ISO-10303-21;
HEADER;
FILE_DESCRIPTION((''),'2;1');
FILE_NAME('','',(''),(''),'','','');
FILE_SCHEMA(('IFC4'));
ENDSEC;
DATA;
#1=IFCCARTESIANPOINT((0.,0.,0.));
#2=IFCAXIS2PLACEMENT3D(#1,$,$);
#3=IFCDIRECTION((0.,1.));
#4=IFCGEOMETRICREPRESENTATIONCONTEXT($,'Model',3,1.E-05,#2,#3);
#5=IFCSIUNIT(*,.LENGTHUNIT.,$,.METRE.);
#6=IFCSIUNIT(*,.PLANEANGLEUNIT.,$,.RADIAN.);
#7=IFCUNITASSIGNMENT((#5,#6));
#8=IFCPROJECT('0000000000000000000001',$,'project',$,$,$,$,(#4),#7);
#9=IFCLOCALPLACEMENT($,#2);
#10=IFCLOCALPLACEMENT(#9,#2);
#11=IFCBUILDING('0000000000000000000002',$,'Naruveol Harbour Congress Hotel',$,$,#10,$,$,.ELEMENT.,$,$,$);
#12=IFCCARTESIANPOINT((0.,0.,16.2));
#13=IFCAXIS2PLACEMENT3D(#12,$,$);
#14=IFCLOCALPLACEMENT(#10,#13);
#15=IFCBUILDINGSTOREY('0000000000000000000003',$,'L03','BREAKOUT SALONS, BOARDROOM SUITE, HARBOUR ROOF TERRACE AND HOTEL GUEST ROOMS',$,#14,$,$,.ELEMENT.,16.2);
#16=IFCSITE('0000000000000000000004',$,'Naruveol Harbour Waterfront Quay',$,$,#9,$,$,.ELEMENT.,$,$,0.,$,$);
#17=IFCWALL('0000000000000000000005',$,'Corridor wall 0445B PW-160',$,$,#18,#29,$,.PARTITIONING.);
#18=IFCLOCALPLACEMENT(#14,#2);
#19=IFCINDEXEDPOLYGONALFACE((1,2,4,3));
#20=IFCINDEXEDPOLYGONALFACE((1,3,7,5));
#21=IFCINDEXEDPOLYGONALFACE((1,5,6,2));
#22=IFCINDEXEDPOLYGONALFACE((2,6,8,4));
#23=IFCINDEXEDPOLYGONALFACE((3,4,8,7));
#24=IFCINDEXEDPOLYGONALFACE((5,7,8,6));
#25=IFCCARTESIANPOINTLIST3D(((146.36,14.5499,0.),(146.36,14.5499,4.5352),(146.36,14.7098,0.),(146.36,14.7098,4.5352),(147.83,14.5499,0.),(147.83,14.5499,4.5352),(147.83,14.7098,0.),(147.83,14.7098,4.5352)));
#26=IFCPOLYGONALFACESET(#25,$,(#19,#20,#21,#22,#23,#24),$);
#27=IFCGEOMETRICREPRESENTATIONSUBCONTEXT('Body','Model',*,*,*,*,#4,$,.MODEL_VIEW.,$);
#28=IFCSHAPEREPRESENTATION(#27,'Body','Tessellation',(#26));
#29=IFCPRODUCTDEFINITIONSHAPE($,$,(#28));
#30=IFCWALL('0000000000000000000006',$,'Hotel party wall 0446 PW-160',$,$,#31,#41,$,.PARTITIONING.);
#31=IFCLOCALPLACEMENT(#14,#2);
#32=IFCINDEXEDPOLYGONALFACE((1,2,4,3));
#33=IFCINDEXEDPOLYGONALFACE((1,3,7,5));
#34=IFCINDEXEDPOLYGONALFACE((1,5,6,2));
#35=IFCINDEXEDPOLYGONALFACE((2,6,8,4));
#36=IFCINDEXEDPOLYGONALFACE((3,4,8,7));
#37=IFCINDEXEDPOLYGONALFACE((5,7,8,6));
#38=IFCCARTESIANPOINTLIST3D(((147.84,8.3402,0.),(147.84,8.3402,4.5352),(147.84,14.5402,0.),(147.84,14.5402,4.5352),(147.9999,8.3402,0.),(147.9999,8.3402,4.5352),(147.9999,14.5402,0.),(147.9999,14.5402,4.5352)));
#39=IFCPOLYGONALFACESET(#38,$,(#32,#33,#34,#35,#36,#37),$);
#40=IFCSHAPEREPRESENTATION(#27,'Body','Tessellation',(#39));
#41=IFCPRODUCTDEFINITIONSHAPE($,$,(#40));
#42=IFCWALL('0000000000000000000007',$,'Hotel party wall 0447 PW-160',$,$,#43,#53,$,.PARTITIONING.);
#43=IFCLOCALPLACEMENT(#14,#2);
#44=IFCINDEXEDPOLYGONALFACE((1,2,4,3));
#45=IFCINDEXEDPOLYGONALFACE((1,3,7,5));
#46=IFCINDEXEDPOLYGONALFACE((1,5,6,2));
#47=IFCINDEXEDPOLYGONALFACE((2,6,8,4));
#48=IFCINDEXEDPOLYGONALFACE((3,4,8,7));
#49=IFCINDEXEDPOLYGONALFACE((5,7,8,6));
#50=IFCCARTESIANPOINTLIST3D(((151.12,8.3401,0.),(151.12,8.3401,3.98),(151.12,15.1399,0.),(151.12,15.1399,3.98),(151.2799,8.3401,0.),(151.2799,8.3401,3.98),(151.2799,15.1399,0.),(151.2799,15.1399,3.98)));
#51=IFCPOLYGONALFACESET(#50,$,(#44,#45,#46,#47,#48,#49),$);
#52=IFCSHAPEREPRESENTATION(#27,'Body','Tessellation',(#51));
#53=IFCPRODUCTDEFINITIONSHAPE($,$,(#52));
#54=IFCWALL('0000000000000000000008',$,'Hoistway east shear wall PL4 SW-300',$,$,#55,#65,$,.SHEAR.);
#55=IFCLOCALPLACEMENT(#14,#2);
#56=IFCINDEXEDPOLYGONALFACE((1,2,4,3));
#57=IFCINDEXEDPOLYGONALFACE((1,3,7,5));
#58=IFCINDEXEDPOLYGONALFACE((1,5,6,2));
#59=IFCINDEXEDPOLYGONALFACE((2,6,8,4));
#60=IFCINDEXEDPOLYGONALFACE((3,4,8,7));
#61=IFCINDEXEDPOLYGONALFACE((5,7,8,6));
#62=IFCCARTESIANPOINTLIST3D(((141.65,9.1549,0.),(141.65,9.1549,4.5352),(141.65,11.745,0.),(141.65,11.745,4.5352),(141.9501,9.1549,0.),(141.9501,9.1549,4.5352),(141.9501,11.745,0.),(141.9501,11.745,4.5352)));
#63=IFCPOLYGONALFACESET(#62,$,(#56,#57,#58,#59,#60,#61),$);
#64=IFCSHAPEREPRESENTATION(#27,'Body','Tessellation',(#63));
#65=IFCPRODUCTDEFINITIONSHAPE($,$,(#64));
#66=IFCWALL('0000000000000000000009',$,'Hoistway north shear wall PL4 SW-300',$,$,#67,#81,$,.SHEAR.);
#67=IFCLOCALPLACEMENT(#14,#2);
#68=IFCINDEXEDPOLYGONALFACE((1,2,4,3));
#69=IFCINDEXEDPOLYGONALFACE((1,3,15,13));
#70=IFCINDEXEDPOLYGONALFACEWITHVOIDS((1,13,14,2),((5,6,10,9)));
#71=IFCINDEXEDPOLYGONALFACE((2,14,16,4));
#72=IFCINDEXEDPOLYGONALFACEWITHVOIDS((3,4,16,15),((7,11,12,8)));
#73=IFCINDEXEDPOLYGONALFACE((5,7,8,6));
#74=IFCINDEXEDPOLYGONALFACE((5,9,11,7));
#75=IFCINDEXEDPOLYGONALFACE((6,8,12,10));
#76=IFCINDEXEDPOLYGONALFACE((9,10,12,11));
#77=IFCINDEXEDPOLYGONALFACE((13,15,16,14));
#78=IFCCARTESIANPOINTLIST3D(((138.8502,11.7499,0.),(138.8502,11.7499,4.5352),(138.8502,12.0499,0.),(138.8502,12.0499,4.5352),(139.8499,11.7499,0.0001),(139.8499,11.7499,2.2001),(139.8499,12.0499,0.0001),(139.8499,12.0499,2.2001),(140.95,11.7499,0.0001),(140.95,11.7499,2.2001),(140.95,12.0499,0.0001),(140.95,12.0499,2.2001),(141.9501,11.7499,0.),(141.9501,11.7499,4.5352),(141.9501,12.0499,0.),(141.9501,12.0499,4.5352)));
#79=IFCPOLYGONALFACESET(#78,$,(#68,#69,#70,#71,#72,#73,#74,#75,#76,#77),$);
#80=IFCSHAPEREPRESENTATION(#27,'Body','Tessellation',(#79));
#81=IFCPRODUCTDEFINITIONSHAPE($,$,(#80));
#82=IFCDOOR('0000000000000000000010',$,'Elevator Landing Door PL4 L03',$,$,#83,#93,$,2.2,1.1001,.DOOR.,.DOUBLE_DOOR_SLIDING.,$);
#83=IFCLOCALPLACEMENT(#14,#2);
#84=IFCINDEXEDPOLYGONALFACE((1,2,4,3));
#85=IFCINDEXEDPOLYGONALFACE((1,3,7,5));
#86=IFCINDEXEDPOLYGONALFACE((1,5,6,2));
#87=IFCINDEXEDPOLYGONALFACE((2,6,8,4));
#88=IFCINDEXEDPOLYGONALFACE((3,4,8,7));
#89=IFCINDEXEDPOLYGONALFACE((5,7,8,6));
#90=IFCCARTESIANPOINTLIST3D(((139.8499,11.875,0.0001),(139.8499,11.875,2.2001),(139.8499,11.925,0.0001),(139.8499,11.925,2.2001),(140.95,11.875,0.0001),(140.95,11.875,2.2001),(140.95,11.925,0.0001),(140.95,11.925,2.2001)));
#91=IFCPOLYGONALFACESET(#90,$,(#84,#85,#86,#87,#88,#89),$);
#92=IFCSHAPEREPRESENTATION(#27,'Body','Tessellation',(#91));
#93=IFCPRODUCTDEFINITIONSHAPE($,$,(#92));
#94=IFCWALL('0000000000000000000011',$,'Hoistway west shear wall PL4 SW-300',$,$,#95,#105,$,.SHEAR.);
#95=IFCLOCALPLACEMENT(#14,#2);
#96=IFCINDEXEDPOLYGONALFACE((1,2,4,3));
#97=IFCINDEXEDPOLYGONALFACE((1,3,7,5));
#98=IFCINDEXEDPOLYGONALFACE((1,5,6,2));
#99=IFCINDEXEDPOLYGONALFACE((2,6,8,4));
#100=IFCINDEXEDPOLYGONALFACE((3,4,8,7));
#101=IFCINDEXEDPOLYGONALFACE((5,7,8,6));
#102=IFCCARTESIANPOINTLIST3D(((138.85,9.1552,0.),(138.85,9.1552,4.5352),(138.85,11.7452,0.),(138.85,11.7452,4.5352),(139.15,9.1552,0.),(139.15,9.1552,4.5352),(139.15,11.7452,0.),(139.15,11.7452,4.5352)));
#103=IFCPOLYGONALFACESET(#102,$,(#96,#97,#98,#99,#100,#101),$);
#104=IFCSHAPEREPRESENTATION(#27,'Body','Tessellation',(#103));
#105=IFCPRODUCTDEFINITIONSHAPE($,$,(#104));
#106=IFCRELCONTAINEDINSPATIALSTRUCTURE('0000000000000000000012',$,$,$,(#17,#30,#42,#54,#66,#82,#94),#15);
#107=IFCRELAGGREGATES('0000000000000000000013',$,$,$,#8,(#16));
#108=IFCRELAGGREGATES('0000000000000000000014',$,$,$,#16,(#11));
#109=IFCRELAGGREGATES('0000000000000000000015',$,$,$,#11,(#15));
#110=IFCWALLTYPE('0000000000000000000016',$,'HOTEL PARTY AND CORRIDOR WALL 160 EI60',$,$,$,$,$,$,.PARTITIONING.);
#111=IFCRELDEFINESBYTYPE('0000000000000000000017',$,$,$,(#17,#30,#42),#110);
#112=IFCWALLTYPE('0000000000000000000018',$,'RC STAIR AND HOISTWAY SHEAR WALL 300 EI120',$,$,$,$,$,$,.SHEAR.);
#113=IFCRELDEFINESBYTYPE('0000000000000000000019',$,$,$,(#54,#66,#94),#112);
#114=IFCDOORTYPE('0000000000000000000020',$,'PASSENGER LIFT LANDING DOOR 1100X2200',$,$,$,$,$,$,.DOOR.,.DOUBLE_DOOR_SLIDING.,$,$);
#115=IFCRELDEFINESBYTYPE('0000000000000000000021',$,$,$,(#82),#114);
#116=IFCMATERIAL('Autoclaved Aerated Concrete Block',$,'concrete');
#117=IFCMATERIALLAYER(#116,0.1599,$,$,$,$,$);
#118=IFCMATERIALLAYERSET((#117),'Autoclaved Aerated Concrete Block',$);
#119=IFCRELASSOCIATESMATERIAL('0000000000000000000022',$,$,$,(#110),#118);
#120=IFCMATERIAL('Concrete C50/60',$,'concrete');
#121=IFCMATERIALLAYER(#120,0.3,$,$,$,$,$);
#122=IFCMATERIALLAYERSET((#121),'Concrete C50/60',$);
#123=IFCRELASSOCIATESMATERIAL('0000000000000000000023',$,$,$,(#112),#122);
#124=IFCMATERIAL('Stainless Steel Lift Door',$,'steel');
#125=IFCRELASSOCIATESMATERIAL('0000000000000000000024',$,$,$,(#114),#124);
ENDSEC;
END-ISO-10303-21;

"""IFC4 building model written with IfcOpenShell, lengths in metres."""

from ifc_helpers import new_model, si_unit, direction, frame, frame_2d, origin, place, context, subcontext, project, spatial, rectangle, extrude, material, layer, layer_set, type_object, element, fill, save


model = new_model("IFC4")

# Units and contexts
model_context = context("Model", 3, precision=1e-05, world=origin(), true_north=direction((0.0, 1.0)))
body_context = subcontext(model_context, "Body", "Model", "MODEL_VIEW")
ifc_project = project(units=[si_unit("LENGTHUNIT", "METRE"), si_unit("PLANEANGLEUNIT", "RADIAN")], contexts=[model_context])

# Site, building, storey
site_placement = place(None, origin())
site = spatial("IfcSite", under=ifc_project, at=site_placement, Name="Naruveol Harbour Waterfront Quay", CompositionType="ELEMENT", RefElevation=0.0)
building_placement = place(site_placement, origin())
building = spatial("IfcBuilding", under=site, at=building_placement, Name="Naruveol Harbour Congress Hotel", CompositionType="ELEMENT")
storey_placement = place(building_placement, frame((0.0, 0.0, 16.2)))
storey = spatial("IfcBuildingStorey", under=building, at=storey_placement, Name="L03", Description="BREAKOUT SALONS, BOARDROOM SUITE, HARBOUR ROOF TERRACE AND HOTEL GUEST ROOMS", CompositionType="ELEMENT", Elevation=16.2)

# Shared definitions
ifc_material_1 = material(Name="Autoclaved Aerated Concrete Block", Category="concrete")
ifc_layer_1 = layer(ifc_material_1, 0.1599)
ifc_layer_set_1 = layer_set([ifc_layer_1], Name="Autoclaved Aerated Concrete Block")
wall_type_1 = type_object("IfcWallType", Name="HOTEL PARTY AND CORRIDOR WALL 160 EI60", PredefinedType="PARTITIONING", material=ifc_layer_set_1)

# Walls
wall_1_placement = place(storey_placement, frame((146.3601, 14.6299, 0.0), z_axis=(0.0, 0.0, 1.0), x_axis=(1.0, 0.0, 0.0)))
element("IfcWall", 1, at=wall_1_placement, inside=storey, type_object=wall_type_1, Name="Corridor wall 0445B PW-160", PredefinedType="PARTITIONING", context=body_context, shape_type="SweptSolid", body=[
    extrude(rectangle(XDim=1.47, YDim=0.1599, at=frame_2d((0.7349, 0.0))), origin(), (0.0, 0.0, 1.0), 4.5352),
])
wall_2_placement = place(storey_placement, frame((147.9199, 8.3401, 0.0), z_axis=(0.0, 0.0, 1.0), x_axis=(0.0, 1.0, 0.0)))
element("IfcWall", 2, at=wall_2_placement, inside=storey, type_object=wall_type_1, Name="Hotel party wall 0446 PW-160", PredefinedType="PARTITIONING", context=body_context, shape_type="SweptSolid", body=[
    extrude(rectangle(XDim=6.2, YDim=0.1599, at=frame_2d((3.1001, 0.0))), origin(), (0.0, 0.0, 1.0), 4.5352),
])
wall_3_placement = place(storey_placement, frame((151.2, 8.3401, 0.0), z_axis=(0.0, 0.0, 1.0), x_axis=(0.0, 1.0, 0.0)))
element("IfcWall", 3, at=wall_3_placement, inside=storey, type_object=wall_type_1, Name="Hotel party wall 0447 PW-160", PredefinedType="PARTITIONING", context=body_context, shape_type="SweptSolid", body=[
    extrude(rectangle(XDim=6.7998, YDim=0.1599, at=frame_2d((3.3999, 0.0))), origin(), (0.0, 0.0, 1.0), 3.98),
])
ifc_material_2 = material(Name="Concrete C50/60", Category="concrete")
ifc_layer_2 = layer(ifc_material_2, 0.3)
ifc_layer_set_2 = layer_set([ifc_layer_2], Name="Concrete C50/60")
wall_type_2 = type_object("IfcWallType", Name="RC STAIR AND HOISTWAY SHEAR WALL 300 EI120", PredefinedType="SHEAR", material=ifc_layer_set_2)
wall_4_placement = place(storey_placement, frame((141.8, 9.155, 0.0), z_axis=(0.0, 0.0, 1.0), x_axis=(0.0, 1.0, 0.0)))
element("IfcWall", 4, at=wall_4_placement, inside=storey, type_object=wall_type_2, Name="Hoistway east shear wall PL4 SW-300", PredefinedType="SHEAR", context=body_context, shape_type="SweptSolid", body=[
    extrude(rectangle(XDim=2.5901, YDim=0.3, at=frame_2d((1.2949, 0.0))), origin(), (0.0, 0.0, 1.0), 4.5352),
])

# Wall, opening, door
wall_5_placement = place(storey_placement, frame((141.95, 11.8999, 0.0), z_axis=(0.0, 0.0, 1.0), x_axis=(-1.0, 0.0, 0.0)))
wall_5 = element("IfcWall", 5, at=wall_5_placement, inside=storey, type_object=wall_type_2, Name="Hoistway north shear wall PL4 SW-300", PredefinedType="SHEAR", context=body_context, shape_type="SweptSolid", body=[
    extrude(rectangle(XDim=3.0999, YDim=0.3, at=frame_2d((1.5498, 0.0))), origin(), (0.0, 0.0, 1.0), 4.5352),
])
opening_1_placement = place(wall_5_placement, frame((1.0, 0.0, 0.0)))
opening_1 = element("IfcOpeningElement", 6, at=opening_1_placement, cuts=wall_5, PredefinedType="OPENING", context=body_context, shape_type="SweptSolid", body=[
    extrude(rectangle(XDim=1.1001, YDim=2.2, at=frame_2d((0.55, 1.1001))), frame((0.0, 0.1599, 0.0), z_axis=(0.0, -1.0, 0.0), x_axis=(1.0, 0.0, 0.0)), (0.0, 0.0, 1.0), 0.3201),
])
ifc_material_3 = material(Name="Stainless Steel Lift Door", Category="steel")
door_type_1 = type_object("IfcDoorType", Name="PASSENGER LIFT LANDING DOOR 1100X2200", OperationType="DOUBLE_DOOR_SLIDING", PredefinedType="DOOR", material=ifc_material_3)
door_1_placement = place(opening_1_placement, origin())
door_1 = element("IfcDoor", 7, at=door_1_placement, inside=storey, type_object=door_type_1, Name="Elevator Landing Door PL4 L03", OperationType="DOUBLE_DOOR_SLIDING", OverallHeight=2.2, OverallWidth=1.1001, PredefinedType="DOOR", context=body_context, shape_type="SweptSolid", body=[
    extrude(rectangle(XDim=1.1001, YDim=2.2, at=frame_2d((0.55, 1.1001))), frame((0.0, 0.0249, 0.0), z_axis=(0.0, -1.0, 0.0), x_axis=(1.0, 0.0, 0.0)), (0.0, 0.0, 1.0), 0.05),
])
fill(opening_1, door_1)

# Wall
wall_6_placement = place(storey_placement, frame((139.0, 11.7451, 0.0), z_axis=(0.0, 0.0, 1.0), x_axis=(0.0, -1.0, 0.0)))
element("IfcWall", 8, at=wall_6_placement, inside=storey, type_object=wall_type_2, Name="Hoistway west shear wall PL4 SW-300", PredefinedType="SHEAR", context=body_context, shape_type="SweptSolid", body=[
    extrude(rectangle(XDim=2.5901, YDim=0.3, at=frame_2d((1.2949, 0.0))), origin(), (0.0, 0.0, 1.0), 4.5352),
])

save(model, "model.ifc")
